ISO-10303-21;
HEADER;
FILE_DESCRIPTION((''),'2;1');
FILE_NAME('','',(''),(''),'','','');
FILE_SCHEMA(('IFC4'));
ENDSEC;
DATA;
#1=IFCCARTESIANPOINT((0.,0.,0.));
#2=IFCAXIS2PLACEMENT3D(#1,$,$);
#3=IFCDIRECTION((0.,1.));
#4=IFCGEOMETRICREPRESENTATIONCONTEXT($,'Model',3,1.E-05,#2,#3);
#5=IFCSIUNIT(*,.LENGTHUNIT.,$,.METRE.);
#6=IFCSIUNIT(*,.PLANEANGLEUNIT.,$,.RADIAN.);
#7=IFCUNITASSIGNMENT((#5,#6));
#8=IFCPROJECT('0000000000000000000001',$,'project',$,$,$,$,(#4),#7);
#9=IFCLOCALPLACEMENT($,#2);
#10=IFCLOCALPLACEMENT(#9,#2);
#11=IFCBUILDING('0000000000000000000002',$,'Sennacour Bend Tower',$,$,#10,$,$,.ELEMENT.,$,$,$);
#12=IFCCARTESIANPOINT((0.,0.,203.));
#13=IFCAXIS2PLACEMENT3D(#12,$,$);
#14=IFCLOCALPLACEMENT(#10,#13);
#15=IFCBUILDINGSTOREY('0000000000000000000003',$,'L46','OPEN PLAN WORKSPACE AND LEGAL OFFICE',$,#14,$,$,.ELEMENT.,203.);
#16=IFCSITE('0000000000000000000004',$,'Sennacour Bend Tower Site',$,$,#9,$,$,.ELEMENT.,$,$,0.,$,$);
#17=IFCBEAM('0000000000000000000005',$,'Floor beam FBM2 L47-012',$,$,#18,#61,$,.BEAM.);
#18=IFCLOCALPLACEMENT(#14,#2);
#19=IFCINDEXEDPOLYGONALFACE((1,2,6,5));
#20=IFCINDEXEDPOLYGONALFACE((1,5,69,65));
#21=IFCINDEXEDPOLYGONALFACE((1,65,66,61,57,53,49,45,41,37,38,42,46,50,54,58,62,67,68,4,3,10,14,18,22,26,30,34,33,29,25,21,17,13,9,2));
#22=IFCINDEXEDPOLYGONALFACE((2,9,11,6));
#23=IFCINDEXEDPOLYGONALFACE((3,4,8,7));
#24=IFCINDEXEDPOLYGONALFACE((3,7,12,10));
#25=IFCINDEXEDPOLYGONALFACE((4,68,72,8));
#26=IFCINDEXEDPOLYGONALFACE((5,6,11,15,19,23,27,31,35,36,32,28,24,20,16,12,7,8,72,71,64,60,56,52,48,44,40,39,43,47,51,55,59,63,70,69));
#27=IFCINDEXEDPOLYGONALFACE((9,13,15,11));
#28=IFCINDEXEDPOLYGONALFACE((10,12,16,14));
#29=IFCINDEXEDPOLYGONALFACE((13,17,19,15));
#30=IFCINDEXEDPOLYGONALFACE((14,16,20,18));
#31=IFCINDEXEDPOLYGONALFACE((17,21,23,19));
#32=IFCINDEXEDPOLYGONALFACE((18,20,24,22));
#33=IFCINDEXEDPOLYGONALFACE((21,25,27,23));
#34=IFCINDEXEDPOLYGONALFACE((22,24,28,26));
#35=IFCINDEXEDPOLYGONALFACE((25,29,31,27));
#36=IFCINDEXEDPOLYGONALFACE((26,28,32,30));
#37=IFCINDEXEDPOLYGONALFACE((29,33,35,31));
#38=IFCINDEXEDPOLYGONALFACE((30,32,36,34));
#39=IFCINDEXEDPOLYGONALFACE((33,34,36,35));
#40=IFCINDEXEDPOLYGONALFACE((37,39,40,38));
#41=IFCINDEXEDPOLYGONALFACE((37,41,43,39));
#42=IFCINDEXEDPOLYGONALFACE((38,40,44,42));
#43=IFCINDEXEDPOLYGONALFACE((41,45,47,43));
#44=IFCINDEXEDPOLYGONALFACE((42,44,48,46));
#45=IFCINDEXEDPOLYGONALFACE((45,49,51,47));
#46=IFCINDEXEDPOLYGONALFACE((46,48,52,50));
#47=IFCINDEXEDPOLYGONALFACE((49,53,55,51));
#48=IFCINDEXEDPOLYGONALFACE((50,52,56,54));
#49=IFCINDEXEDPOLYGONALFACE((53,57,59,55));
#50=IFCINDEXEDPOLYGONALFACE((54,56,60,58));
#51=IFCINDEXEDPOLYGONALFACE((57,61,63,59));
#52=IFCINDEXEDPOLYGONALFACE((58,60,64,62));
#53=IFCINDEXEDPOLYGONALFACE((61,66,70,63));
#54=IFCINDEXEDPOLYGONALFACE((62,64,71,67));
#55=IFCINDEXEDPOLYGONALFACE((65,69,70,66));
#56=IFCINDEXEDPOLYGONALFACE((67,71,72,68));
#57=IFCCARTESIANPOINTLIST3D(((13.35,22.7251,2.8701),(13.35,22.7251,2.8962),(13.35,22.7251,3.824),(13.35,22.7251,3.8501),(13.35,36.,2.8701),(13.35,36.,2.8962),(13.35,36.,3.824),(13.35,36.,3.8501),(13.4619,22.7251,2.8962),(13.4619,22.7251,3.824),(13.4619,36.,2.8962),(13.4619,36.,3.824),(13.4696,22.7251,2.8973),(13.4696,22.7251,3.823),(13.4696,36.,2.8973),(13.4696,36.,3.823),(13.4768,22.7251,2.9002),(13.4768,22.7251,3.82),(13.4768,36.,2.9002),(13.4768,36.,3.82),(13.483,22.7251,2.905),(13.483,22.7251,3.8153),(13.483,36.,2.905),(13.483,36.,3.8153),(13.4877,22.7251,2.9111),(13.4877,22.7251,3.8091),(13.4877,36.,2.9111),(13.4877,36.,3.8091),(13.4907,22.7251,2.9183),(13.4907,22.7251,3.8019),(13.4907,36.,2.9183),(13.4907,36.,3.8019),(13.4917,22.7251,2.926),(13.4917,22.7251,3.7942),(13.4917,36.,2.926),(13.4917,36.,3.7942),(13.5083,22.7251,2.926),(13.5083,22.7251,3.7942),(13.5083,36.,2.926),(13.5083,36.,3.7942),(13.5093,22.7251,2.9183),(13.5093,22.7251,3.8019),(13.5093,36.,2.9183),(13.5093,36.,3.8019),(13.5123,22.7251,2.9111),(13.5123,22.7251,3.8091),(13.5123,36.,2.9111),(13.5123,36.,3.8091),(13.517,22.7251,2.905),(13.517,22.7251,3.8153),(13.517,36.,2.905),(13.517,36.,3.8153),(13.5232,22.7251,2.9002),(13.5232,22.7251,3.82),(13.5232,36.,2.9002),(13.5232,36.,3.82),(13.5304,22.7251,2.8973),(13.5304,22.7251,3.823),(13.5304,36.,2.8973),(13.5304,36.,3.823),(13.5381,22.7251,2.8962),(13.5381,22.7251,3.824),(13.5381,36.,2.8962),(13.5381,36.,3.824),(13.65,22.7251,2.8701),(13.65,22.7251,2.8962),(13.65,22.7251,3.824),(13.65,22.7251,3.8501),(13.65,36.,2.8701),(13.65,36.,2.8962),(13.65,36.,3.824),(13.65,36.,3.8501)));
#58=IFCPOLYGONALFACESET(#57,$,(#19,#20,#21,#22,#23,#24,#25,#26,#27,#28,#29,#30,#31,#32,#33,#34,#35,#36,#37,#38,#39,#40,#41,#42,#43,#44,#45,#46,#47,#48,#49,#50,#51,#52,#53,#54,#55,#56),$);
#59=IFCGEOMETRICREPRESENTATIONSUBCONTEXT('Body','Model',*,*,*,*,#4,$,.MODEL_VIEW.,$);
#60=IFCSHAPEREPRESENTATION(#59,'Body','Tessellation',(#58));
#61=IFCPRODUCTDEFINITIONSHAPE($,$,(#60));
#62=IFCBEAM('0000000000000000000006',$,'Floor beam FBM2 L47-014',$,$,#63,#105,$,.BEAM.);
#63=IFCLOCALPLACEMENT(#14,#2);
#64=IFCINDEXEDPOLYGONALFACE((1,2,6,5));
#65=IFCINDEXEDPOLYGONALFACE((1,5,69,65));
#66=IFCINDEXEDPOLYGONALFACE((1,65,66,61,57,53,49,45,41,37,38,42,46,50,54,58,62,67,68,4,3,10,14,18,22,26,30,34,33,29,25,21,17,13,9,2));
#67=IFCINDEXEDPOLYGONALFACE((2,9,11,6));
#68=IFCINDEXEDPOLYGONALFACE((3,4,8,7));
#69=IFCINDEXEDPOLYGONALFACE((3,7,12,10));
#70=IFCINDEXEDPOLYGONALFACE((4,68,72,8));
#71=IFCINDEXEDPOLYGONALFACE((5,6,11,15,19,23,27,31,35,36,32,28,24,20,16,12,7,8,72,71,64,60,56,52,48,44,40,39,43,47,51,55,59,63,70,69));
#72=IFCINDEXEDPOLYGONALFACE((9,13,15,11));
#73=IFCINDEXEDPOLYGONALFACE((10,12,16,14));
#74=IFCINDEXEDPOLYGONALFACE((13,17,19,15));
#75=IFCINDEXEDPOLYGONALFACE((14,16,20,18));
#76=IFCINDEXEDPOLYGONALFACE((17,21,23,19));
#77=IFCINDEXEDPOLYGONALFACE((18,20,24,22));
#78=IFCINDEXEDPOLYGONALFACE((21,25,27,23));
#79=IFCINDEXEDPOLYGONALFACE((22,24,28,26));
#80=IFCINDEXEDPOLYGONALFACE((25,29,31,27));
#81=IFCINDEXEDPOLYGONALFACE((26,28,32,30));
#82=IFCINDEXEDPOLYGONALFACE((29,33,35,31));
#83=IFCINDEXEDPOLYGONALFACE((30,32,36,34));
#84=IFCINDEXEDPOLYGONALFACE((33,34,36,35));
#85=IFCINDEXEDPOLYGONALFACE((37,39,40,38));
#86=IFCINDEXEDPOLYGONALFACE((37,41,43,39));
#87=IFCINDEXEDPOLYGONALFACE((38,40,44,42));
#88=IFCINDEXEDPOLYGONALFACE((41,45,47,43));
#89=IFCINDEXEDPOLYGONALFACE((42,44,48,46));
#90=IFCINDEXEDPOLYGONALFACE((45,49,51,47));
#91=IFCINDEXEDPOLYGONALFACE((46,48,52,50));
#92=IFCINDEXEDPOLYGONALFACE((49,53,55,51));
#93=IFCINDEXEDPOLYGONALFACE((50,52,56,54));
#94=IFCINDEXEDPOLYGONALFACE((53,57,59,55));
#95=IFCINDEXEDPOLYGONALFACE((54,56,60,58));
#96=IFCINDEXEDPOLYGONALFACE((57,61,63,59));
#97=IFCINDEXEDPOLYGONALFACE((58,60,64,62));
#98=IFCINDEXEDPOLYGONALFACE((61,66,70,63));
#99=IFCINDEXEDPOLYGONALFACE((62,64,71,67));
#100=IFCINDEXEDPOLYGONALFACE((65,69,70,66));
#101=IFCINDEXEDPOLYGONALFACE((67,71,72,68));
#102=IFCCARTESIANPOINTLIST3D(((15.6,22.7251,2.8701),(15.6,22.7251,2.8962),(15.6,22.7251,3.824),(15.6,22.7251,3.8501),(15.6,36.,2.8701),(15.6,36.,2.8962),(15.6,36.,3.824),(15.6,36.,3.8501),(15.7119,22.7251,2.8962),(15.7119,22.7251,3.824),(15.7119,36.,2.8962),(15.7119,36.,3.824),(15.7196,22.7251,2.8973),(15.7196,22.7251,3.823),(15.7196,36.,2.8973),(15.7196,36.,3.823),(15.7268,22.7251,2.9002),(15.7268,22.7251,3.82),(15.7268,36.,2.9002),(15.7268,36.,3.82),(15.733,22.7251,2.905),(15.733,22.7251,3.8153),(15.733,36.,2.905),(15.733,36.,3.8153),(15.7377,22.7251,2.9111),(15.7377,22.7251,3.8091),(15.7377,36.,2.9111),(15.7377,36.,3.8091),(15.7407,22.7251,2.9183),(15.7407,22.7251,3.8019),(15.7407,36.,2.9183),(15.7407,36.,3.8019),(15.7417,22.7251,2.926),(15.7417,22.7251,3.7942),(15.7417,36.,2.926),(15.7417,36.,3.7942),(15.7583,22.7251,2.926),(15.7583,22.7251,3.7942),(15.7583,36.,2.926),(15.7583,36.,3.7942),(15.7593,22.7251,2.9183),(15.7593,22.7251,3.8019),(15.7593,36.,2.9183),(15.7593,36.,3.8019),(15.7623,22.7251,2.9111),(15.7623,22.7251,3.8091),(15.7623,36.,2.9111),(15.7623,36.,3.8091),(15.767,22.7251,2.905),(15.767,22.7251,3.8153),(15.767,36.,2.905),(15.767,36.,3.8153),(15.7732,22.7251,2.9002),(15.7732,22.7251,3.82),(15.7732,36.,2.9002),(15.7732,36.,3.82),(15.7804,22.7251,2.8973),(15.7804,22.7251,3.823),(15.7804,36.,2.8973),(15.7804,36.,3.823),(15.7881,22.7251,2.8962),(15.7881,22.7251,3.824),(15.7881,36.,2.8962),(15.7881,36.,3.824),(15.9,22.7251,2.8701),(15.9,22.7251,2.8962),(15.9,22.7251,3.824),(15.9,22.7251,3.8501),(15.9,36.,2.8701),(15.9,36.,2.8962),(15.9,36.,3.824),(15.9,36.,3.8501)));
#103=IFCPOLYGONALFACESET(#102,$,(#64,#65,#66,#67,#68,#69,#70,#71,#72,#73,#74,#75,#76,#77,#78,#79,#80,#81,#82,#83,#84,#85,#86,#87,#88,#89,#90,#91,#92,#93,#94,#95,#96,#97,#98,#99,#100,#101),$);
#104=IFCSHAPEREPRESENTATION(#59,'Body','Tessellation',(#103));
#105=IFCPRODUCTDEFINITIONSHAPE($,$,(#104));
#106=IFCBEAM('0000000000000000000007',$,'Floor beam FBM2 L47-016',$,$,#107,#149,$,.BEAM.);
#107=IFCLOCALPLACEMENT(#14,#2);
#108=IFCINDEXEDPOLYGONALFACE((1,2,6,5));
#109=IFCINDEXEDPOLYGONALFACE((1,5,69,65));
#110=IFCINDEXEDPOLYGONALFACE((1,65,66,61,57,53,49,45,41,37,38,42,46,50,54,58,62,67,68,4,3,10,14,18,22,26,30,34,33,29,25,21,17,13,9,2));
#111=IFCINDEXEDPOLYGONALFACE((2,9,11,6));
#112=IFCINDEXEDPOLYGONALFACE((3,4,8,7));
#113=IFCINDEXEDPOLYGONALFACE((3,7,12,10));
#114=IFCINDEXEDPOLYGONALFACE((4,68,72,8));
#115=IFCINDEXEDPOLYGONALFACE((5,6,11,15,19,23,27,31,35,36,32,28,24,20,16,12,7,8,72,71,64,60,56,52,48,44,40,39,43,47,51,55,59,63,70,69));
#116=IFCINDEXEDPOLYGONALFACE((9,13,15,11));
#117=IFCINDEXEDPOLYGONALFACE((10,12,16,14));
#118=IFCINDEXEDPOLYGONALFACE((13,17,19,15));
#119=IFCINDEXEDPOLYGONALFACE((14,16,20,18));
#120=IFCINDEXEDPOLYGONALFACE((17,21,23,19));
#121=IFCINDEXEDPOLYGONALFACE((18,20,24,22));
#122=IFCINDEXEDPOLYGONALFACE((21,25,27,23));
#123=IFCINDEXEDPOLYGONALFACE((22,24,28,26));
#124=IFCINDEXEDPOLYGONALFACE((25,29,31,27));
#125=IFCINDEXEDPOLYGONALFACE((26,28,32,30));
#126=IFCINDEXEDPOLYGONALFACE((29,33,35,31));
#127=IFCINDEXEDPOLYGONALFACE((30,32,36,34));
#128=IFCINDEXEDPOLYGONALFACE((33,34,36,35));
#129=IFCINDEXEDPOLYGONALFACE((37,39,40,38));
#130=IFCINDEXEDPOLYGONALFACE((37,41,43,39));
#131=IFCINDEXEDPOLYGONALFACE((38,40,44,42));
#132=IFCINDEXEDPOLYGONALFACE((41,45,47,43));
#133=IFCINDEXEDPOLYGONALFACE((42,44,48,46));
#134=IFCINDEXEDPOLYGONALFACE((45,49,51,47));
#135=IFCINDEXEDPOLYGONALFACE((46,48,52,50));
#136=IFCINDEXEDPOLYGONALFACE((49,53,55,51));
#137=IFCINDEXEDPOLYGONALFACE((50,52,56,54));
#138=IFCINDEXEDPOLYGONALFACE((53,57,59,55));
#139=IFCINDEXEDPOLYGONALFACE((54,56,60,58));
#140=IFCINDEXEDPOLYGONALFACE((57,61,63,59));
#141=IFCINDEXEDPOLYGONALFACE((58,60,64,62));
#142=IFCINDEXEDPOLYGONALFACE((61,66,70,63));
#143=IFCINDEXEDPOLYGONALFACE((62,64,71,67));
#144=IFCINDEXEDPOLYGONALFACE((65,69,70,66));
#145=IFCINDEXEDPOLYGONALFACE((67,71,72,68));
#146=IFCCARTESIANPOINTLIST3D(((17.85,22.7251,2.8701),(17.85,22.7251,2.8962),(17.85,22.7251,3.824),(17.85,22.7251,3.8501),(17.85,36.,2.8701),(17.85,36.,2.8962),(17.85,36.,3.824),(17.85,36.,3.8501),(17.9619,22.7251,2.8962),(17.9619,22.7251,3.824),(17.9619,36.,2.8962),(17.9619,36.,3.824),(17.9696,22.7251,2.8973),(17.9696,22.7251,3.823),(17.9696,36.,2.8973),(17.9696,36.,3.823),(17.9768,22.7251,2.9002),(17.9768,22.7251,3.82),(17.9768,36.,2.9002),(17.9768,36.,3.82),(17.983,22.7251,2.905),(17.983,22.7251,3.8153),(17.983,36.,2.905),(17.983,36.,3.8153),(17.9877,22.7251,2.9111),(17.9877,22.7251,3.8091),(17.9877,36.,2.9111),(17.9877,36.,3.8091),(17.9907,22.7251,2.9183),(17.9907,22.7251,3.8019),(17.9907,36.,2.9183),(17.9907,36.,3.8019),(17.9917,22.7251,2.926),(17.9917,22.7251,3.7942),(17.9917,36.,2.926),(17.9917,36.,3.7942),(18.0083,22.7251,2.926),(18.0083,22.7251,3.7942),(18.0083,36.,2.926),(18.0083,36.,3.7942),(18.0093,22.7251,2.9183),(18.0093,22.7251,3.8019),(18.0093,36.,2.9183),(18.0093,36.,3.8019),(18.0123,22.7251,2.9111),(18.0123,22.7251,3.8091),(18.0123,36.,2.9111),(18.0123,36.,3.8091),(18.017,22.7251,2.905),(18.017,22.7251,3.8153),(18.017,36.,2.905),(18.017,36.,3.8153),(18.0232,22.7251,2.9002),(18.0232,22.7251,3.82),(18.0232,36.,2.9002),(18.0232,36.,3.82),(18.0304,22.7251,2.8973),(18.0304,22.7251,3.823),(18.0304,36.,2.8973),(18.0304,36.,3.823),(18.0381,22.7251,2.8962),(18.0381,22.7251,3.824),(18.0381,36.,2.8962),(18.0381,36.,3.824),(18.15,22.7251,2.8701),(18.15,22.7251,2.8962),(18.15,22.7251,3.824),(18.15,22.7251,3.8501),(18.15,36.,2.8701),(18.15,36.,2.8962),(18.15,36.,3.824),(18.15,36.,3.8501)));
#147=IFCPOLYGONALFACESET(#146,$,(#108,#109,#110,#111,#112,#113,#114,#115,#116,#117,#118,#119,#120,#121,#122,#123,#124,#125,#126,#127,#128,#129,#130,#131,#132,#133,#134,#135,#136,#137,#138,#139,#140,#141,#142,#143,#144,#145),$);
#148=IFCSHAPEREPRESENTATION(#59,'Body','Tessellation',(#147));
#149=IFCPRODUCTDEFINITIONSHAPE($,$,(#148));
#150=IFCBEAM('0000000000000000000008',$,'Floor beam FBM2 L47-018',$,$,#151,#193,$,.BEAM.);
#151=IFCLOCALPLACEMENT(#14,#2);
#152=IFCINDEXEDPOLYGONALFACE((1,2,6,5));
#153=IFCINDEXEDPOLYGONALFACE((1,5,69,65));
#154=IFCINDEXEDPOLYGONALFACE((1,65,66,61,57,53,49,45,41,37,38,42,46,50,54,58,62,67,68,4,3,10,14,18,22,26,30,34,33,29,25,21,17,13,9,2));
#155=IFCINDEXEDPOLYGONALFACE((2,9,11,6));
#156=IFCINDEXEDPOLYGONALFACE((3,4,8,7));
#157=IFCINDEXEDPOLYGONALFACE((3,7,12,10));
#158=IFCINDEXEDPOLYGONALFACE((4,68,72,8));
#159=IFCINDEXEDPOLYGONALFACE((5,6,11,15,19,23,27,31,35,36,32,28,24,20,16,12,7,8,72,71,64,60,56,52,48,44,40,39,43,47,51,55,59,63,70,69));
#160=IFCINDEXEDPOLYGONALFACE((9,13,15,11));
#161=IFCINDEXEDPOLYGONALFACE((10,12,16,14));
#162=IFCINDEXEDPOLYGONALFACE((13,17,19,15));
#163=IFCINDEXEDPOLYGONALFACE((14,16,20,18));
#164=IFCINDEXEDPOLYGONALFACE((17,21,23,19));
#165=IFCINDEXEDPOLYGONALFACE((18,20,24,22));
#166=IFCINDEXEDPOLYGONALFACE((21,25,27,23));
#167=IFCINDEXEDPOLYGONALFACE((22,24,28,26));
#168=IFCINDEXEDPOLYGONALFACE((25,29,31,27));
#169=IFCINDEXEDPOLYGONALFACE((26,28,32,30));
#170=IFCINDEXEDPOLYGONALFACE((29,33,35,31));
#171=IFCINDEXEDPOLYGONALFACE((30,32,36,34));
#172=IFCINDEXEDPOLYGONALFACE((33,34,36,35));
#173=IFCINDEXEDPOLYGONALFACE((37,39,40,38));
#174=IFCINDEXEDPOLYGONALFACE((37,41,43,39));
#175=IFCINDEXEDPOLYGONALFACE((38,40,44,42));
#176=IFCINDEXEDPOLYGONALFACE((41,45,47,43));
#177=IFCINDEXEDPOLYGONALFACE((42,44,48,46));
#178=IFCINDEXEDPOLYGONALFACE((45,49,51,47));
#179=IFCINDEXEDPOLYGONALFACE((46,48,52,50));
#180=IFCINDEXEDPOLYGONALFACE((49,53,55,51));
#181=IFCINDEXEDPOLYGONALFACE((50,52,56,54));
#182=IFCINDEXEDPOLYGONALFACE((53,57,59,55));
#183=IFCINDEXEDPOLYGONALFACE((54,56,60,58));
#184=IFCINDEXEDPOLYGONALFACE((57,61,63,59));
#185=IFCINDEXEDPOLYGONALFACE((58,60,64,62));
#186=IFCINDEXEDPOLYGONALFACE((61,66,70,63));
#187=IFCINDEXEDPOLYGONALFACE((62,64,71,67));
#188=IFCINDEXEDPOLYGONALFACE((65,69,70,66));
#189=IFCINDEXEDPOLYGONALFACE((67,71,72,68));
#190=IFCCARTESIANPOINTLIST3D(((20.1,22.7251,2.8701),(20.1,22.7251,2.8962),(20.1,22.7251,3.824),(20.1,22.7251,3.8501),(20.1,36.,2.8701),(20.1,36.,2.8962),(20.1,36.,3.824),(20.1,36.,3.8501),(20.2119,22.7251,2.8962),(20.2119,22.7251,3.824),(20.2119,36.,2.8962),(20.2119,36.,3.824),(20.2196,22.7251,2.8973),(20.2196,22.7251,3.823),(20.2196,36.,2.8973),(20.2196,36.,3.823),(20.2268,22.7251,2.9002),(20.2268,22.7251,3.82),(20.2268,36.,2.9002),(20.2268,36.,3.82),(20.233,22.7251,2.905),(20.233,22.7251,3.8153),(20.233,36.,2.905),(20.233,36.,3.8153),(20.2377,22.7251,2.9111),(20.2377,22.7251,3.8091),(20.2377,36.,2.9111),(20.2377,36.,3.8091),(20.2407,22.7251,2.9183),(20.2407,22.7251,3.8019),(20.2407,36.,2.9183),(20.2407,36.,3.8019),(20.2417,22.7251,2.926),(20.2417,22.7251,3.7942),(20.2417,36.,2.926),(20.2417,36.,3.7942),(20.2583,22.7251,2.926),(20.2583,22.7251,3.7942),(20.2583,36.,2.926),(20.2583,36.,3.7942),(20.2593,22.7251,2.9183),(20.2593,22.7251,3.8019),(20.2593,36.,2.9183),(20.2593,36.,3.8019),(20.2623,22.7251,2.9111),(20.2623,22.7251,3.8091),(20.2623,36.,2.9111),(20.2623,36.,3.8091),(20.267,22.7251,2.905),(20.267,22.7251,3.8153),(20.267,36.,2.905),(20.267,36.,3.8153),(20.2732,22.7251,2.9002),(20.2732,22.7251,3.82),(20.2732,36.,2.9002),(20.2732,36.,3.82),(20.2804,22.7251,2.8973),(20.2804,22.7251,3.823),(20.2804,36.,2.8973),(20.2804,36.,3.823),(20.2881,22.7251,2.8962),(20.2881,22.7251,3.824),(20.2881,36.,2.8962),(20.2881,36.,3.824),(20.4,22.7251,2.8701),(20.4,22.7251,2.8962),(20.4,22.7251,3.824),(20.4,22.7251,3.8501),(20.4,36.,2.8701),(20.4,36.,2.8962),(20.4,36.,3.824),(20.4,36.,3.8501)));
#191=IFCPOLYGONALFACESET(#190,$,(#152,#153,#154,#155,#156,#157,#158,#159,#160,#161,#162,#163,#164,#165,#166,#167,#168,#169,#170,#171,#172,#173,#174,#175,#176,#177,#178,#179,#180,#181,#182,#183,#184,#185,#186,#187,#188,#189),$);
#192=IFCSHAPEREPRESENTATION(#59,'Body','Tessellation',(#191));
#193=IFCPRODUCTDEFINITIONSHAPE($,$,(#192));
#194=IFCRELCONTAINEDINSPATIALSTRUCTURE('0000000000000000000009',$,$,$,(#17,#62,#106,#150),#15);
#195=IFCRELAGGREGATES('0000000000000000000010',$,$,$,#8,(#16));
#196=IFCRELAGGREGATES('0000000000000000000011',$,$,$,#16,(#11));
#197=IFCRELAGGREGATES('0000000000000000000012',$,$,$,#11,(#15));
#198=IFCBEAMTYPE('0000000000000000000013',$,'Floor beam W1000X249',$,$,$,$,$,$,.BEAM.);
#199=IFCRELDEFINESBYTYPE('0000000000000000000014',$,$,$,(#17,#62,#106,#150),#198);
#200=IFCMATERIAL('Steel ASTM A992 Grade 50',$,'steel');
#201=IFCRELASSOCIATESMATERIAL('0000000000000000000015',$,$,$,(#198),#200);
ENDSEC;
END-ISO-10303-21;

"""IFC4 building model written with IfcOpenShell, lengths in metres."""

from ifc_helpers import new_model, si_unit, direction, frame, origin, origin_2d, place, context, subcontext, project, spatial, i_section, extrude, material, material_profile, profile_set, type_object, element, save


model = new_model("IFC4")

# Units and contexts
model_context = context("Model", 3, precision=1e-05, world=origin(), true_north=direction((0.0, 1.0)))
body_context = subcontext(model_context, "Body", "Model", "MODEL_VIEW")
ifc_project = project(units=[si_unit("LENGTHUNIT", "METRE"), si_unit("PLANEANGLEUNIT", "RADIAN")], contexts=[model_context])

# Site, building, storey
site_placement = place(None, origin())
site = spatial("IfcSite", under=ifc_project, at=site_placement, Name="Sennacour Bend Tower Site", CompositionType="ELEMENT", RefElevation=0.0)
building_placement = place(site_placement, origin())
building = spatial("IfcBuilding", under=site, at=building_placement, Name="Sennacour Bend Tower", CompositionType="ELEMENT")
storey_placement = place(building_placement, frame((0.0, 0.0, 203.0)))
storey = spatial("IfcBuildingStorey", under=building, at=storey_placement, Name="L46", Description="OPEN PLAN WORKSPACE AND LEGAL OFFICE", CompositionType="ELEMENT", Elevation=203.0)

# Beams
ifc_material_1 = material(Name="Steel ASTM A992 Grade 50", Category="steel")
ifc_material_profile_1 = material_profile(ifc_material_1, i_section(OverallWidth=0.3, OverallDepth=0.98, WebThickness=0.0166, FlangeThickness=0.0261, FilletRadius=0.0298, at=origin_2d()), Name="Steel ASTM A992 Grade 50", Category="steel")
ifc_profile_set_1 = profile_set([ifc_material_profile_1], Name="Steel ASTM A992 Grade 50")
beam_type_1 = type_object("IfcBeamType", Name="Floor beam W1000X249", PredefinedType="BEAM", material=ifc_profile_set_1)
for number, where, z_axis, x_axis, name in (
    (1, (13.5, 22.7251, 3.3601), (0.0, 1.0, 0.0), (-1.0, 0.0, 0.0), "Floor beam FBM2 L47-012"),
    (2, (15.75, 22.7251, 3.3601), (0.0, 1.0, 0.0), (-1.0, 0.0, 0.0), "Floor beam FBM2 L47-014"),
    (3, (18.0, 22.7251, 3.3601), (0.0, 1.0, 0.0), (-1.0, 0.0, 0.0), "Floor beam FBM2 L47-016"),
    (4, (20.25, 22.7251, 3.3601), (0.0, 1.0, 0.0), (-1.0, 0.0, 0.0), "Floor beam FBM2 L47-018"),
):
    element("IfcBeam", number, at=place(storey_placement, frame(where, z_axis=z_axis, x_axis=x_axis)), inside=storey, type_object=beam_type_1, Name=name, PredefinedType="BEAM", context=body_context, shape_type="SweptSolid", body=[
        extrude(i_section(OverallWidth=0.3, OverallDepth=0.98, WebThickness=0.0166, FlangeThickness=0.0261, FilletRadius=0.0298, at=origin_2d()), origin(), (0.0, 0.0, 1.0), 13.2749),
    ])

save(model, "model.ifc")
